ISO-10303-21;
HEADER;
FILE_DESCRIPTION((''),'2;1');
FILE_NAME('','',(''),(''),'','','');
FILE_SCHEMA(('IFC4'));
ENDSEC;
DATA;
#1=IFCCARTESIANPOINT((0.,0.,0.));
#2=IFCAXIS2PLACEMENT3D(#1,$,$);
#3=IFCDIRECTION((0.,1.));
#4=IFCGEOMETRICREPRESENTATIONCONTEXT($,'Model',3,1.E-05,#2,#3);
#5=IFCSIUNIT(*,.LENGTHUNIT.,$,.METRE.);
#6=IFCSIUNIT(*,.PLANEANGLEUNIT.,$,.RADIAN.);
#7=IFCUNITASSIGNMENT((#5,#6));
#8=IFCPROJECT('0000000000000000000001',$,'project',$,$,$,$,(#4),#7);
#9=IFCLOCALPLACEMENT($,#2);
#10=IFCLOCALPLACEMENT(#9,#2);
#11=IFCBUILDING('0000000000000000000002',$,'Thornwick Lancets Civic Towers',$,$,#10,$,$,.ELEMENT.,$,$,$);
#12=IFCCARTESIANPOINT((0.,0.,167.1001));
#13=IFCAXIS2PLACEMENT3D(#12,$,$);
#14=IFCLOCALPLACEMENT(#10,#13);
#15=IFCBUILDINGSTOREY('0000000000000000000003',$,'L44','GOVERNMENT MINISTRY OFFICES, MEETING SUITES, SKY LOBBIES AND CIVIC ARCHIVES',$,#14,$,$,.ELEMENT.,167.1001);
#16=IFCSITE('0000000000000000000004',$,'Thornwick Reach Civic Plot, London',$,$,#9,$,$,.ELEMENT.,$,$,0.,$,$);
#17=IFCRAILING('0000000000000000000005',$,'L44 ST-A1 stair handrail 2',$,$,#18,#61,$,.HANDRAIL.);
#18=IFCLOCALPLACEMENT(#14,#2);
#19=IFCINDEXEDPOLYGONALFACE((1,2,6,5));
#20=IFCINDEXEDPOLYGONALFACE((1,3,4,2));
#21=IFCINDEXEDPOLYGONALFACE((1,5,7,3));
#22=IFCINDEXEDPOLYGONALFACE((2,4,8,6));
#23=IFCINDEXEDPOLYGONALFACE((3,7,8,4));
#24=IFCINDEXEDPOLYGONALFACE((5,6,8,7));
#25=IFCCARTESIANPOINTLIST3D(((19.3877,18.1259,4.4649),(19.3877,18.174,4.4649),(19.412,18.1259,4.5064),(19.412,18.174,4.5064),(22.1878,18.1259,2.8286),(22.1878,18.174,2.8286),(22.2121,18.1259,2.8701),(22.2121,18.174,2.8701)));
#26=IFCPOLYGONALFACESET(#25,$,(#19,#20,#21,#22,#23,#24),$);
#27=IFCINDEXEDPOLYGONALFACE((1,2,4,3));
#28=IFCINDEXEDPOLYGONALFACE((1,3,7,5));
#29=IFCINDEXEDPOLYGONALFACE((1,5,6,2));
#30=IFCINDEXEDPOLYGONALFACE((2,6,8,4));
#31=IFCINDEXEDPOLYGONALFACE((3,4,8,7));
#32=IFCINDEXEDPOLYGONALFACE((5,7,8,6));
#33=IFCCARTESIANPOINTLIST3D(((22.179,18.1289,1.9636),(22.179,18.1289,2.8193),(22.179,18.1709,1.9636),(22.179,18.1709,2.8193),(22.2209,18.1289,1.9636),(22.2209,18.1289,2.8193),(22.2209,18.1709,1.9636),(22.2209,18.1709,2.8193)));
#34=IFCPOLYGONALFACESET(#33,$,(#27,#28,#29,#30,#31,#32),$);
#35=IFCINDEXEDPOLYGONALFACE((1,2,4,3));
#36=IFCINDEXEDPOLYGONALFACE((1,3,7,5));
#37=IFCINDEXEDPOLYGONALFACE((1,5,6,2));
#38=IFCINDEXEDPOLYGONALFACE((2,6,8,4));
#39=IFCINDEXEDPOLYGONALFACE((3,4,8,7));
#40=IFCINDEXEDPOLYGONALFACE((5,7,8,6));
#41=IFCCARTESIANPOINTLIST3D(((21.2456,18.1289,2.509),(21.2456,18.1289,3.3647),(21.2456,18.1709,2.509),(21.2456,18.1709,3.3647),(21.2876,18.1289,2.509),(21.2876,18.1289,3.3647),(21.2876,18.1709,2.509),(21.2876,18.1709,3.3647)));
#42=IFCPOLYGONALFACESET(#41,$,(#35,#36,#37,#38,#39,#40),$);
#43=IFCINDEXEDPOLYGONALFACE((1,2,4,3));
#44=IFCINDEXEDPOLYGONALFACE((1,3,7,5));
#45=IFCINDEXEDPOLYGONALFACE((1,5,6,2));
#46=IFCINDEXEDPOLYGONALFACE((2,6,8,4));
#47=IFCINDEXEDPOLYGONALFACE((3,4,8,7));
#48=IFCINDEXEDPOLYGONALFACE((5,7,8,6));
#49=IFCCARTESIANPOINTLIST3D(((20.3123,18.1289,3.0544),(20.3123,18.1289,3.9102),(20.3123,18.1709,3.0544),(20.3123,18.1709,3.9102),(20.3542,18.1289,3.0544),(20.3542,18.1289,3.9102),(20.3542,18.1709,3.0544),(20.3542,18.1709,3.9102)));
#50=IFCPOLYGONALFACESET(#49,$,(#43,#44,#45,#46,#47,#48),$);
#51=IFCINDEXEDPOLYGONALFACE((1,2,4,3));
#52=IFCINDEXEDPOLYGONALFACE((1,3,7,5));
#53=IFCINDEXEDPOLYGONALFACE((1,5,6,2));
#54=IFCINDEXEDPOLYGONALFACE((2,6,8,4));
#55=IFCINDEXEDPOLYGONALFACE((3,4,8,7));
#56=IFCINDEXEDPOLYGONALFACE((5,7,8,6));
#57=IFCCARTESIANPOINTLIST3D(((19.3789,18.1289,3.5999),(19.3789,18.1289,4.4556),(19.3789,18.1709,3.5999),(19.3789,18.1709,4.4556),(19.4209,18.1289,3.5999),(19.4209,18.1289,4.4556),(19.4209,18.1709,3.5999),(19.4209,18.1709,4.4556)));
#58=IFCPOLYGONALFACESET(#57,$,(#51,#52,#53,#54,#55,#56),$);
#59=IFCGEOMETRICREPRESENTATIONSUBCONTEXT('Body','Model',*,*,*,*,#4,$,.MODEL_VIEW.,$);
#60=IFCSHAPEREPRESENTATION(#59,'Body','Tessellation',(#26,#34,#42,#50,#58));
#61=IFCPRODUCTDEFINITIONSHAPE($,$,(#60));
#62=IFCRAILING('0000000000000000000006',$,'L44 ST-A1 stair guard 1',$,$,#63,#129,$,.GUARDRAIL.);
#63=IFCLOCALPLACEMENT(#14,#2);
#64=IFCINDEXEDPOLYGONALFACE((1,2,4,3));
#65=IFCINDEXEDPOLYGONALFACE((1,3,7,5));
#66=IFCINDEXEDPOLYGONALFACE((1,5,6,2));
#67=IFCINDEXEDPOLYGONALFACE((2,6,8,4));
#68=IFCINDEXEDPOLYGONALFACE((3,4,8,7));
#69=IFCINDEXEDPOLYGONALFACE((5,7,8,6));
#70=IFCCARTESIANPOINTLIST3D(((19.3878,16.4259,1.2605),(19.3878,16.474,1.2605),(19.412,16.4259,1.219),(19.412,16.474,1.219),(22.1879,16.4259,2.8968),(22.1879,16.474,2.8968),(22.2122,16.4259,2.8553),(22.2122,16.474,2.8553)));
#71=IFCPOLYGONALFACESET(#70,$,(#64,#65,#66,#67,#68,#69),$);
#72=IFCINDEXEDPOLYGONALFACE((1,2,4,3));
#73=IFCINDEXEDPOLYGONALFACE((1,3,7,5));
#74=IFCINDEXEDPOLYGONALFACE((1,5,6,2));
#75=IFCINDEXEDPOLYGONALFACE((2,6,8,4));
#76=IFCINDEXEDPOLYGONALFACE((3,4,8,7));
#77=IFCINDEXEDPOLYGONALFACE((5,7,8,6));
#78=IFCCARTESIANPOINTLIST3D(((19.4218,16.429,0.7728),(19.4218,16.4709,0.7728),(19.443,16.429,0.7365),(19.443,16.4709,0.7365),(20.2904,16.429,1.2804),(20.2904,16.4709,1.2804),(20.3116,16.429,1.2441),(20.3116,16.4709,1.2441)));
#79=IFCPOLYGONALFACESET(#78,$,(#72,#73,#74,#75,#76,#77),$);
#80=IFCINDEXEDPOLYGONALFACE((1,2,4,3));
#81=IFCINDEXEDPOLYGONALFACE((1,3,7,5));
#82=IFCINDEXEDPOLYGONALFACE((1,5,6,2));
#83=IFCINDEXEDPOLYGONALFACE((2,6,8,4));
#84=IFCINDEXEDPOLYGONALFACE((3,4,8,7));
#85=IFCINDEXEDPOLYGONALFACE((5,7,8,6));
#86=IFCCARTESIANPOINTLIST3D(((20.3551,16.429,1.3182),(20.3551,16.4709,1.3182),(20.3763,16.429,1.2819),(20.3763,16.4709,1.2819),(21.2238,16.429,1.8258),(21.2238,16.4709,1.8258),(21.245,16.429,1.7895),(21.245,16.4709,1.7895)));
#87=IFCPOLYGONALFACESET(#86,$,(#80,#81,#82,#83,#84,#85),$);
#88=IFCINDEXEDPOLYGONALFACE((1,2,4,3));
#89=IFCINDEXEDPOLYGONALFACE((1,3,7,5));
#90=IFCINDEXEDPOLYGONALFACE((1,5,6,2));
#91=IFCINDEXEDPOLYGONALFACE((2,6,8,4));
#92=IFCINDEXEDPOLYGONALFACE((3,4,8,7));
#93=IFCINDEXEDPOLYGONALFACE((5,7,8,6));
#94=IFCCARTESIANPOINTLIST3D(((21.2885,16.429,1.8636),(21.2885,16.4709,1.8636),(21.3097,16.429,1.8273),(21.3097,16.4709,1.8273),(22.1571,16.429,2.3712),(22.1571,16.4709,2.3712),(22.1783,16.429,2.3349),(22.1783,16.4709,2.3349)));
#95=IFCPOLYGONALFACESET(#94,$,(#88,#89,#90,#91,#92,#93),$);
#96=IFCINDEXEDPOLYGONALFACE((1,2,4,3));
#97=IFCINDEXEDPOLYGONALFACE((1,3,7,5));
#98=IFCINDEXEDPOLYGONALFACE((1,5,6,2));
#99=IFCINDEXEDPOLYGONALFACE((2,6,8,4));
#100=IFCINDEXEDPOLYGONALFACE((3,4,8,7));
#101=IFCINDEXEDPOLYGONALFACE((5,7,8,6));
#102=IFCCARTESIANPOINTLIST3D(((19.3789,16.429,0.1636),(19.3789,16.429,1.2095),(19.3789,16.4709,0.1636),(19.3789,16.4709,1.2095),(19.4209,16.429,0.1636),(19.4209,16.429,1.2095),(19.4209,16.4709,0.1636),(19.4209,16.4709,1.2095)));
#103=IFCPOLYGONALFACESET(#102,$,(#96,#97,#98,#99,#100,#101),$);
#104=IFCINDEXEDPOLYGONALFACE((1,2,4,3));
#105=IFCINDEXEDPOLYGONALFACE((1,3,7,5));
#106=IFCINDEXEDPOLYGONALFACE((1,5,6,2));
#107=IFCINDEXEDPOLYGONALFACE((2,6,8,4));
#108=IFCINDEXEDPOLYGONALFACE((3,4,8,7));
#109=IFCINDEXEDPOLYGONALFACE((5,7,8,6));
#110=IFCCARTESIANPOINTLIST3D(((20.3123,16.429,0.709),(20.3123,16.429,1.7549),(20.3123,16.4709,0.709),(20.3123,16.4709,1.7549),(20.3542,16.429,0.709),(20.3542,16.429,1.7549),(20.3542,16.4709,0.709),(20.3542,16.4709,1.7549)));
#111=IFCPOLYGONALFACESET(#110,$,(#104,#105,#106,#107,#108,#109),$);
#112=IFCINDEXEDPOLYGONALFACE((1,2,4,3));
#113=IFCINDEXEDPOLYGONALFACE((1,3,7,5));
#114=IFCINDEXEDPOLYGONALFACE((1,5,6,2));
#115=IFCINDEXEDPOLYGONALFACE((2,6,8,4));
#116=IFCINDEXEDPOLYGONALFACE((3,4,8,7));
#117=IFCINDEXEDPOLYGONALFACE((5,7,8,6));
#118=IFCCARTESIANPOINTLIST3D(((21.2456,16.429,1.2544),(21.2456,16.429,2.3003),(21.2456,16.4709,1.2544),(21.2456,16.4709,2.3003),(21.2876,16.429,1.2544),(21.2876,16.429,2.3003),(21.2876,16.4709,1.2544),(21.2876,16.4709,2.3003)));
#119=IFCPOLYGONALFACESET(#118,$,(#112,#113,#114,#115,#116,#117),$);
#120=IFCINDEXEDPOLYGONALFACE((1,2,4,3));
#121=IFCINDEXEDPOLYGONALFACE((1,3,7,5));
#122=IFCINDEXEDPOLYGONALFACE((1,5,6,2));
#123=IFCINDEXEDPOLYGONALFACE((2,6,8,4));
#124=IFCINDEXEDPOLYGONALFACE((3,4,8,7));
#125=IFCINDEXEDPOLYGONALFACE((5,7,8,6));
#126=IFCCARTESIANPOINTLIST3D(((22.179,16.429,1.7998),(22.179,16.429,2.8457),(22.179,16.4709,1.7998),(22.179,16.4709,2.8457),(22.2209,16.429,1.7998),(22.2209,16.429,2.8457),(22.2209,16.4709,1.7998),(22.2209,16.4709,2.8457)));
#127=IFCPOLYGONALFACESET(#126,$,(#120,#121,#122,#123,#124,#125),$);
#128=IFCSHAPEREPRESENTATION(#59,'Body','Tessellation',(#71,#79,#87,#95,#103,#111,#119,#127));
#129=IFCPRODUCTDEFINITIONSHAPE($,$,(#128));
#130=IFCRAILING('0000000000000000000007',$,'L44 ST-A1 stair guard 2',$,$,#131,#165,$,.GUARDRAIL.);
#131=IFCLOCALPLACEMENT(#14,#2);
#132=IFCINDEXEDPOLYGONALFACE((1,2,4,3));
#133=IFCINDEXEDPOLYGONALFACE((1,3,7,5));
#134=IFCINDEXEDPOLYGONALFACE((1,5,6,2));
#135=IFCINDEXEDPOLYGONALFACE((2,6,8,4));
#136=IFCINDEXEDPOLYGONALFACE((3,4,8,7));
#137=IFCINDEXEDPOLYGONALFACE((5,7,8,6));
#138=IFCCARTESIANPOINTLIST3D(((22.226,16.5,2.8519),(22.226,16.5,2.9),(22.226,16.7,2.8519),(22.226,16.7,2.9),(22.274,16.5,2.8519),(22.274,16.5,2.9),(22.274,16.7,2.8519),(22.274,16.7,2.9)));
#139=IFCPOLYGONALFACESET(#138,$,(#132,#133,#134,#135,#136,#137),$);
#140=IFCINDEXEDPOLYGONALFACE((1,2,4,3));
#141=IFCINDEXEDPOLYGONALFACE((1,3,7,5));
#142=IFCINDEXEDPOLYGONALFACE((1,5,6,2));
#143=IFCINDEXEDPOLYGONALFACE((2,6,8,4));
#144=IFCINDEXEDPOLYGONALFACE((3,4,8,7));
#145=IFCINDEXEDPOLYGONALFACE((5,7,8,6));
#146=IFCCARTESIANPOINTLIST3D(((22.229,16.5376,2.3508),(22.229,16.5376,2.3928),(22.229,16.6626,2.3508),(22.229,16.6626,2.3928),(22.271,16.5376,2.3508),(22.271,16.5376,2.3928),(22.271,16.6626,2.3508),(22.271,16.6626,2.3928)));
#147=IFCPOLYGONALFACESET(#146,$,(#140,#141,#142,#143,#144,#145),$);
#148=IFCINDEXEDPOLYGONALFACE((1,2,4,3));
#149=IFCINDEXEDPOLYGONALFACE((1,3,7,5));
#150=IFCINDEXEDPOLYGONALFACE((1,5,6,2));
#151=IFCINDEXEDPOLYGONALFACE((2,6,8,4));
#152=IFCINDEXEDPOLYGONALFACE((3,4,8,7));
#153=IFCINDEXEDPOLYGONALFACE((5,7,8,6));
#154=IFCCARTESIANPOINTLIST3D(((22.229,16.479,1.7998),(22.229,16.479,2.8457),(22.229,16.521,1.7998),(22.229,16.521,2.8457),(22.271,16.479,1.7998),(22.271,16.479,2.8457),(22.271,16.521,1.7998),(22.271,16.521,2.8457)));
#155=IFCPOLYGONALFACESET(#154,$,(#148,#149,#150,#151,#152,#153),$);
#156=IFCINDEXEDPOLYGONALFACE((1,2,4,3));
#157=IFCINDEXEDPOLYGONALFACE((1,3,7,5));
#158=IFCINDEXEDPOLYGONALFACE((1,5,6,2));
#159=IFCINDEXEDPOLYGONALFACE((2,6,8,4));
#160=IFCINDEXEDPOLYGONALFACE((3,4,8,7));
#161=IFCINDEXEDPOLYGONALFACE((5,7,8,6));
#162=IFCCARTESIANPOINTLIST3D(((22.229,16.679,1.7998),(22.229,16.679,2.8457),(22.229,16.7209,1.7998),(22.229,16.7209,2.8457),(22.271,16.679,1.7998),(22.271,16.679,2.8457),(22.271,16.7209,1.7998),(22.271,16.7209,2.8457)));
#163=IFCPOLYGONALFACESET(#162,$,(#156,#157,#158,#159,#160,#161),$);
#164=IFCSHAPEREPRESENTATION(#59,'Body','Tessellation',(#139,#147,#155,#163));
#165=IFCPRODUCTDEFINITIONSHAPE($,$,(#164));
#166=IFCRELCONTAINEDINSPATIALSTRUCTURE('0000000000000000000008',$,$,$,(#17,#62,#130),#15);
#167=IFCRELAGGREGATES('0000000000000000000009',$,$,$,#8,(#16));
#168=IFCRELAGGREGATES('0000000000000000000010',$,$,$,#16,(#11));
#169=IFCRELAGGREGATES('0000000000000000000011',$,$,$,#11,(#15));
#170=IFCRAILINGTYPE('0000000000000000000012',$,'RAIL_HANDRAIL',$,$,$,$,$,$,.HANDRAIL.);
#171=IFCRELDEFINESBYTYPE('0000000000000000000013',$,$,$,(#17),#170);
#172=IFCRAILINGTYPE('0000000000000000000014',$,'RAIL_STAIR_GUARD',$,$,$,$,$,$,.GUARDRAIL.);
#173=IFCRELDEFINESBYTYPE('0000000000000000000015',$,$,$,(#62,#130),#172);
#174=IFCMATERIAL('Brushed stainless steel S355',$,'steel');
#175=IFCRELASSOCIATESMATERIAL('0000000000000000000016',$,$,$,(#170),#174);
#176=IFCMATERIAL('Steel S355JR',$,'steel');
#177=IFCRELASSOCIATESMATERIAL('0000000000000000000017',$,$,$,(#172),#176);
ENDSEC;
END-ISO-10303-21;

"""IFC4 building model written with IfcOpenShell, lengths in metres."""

from ifc_helpers import new_model, si_unit, direction, frame, origin, origin_2d, place, context, subcontext, project, spatial, rectangle, extrude, material, type_object, element, save


model = new_model("IFC4")

# Units and contexts
model_context = context("Model", 3, precision=1e-05, world=origin(), true_north=direction((0.0, 1.0)))
body_context = subcontext(model_context, "Body", "Model", "MODEL_VIEW")
ifc_project = project(units=[si_unit("LENGTHUNIT", "METRE"), si_unit("PLANEANGLEUNIT", "RADIAN")], contexts=[model_context])

# Site, building, storey
site_placement = place(None, origin())
site = spatial("IfcSite", under=ifc_project, at=site_placement, Name="Thornwick Reach Civic Plot, London", CompositionType="ELEMENT", RefElevation=0.0)
building_placement = place(site_placement, origin())
building = spatial("IfcBuilding", under=site, at=building_placement, Name="Thornwick Lancets Civic Towers", CompositionType="ELEMENT")
storey_placement = place(building_placement, frame((0.0, 0.0, 167.1001)))
storey = spatial("IfcBuildingStorey", under=building, at=storey_placement, Name="L44", Description="GOVERNMENT MINISTRY OFFICES, MEETING SUITES, SKY LOBBIES AND CIVIC ARCHIVES", CompositionType="ELEMENT", Elevation=167.1001)

# Shared definitions
ifc_material_1 = material(Name="Steel S355JR", Category="steel")

# Railings
ifc_material_2 = material(Name="Brushed stainless steel S355", Category="steel")
railing_type_1 = type_object("IfcRailingType", Name="RAIL_HANDRAIL", PredefinedType="HANDRAIL", material=ifc_material_2)
railing_1_placement = place(storey_placement, frame((22.2, 18.1499, 1.9636)))
element("IfcRailing", 1, at=railing_1_placement, inside=storey, type_object=railing_type_1, Name="L44 ST-A1 stair handrail 2", PredefinedType="HANDRAIL", context=body_context, shape_type="SweptSolid", body=[
    extrude(rectangle(XDim=0.0481, YDim=0.0481, at=origin_2d()), frame((0.0, 0.0, 0.8857), z_axis=(-0.863394, 0.0, 0.504531), x_axis=(0.0, -1.0, 0.0)), (0.0, 0.0, 1.0), 3.2432),
    extrude(rectangle(XDim=0.042, YDim=0.042, at=origin_2d()), origin(), (0.0, 0.0, 1.0), 0.8557),
    extrude(rectangle(XDim=0.042, YDim=0.042, at=origin_2d()), frame((-0.9333, 0.0, 0.5454)), (0.0, 0.0, 1.0), 0.8557),
    extrude(rectangle(XDim=0.042, YDim=0.042, at=origin_2d()), frame((-1.8667, 0.0, 1.0908)), (0.0, 0.0, 1.0), 0.8557),
    extrude(rectangle(XDim=0.042, YDim=0.042, at=origin_2d()), frame((-2.8, 0.0, 1.6362)), (0.0, 0.0, 1.0), 0.8557),
])
railing_type_2 = type_object("IfcRailingType", Name="RAIL_STAIR_GUARD", PredefinedType="GUARDRAIL", material=ifc_material_1)
railing_2_placement = place(storey_placement, frame((19.3999, 16.45, 0.1636)))
element("IfcRailing", 2, at=railing_2_placement, inside=storey, type_object=railing_type_2, Name="L44 ST-A1 stair guard 1", PredefinedType="GUARDRAIL", context=body_context, shape_type="SweptSolid", body=[
    extrude(rectangle(XDim=0.0481, YDim=0.0481, at=origin_2d()), frame((0.0, 0.0, 1.0762), z_axis=(0.863394, 0.0, 0.504531), x_axis=(0.0, 1.0, 0.0)), (0.0, 0.0, 1.0), 3.2432),
    extrude(rectangle(XDim=0.042, YDim=0.042, at=origin_2d()), frame((0.0325, 0.0, 0.5911), z_axis=(0.863394, 0.0, 0.504531), x_axis=(0.0, 1.0, 0.0)), (0.0, 0.0, 1.0), 1.0061),
    extrude(rectangle(XDim=0.042, YDim=0.042, at=origin_2d()), frame((0.9658, 0.0, 1.1365), z_axis=(0.863394, 0.0, 0.504531), x_axis=(0.0, 1.0, 0.0)), (0.0, 0.0, 1.0), 1.0061),
    extrude(rectangle(XDim=0.042, YDim=0.042, at=origin_2d()), frame((1.8992, 0.0, 1.6819), z_axis=(0.863394, 0.0, 0.504531), x_axis=(0.0, 1.0, 0.0)), (0.0, 0.0, 1.0), 1.0061),
    extrude(rectangle(XDim=0.042, YDim=0.042, at=origin_2d()), origin(), (0.0, 0.0, 1.0), 1.0459),
    extrude(rectangle(XDim=0.042, YDim=0.042, at=origin_2d()), frame((0.9333, 0.0, 0.5454)), (0.0, 0.0, 1.0), 1.0459),
    extrude(rectangle(XDim=0.042, YDim=0.042, at=origin_2d()), frame((1.8667, 0.0, 1.0908)), (0.0, 0.0, 1.0), 1.0459),
    extrude(rectangle(XDim=0.042, YDim=0.042, at=origin_2d()), frame((2.8, 0.0, 1.6362)), (0.0, 0.0, 1.0), 1.0459),
])
railing_3_placement = place(storey_placement, frame((22.25, 16.5, 1.7998)))
element("IfcRailing", 3, at=railing_3_placement, inside=storey, type_object=railing_type_2, Name="L44 ST-A1 stair guard 2", PredefinedType="GUARDRAIL", context=body_context, shape_type="SweptSolid", body=[
    extrude(rectangle(XDim=0.0481, YDim=0.0481, at=origin_2d()), frame((0.0, 0.0, 1.0762), z_axis=(0.0, 1.0, 0.0), x_axis=(-1.0, 0.0, 0.0)), (0.0, 0.0, 1.0), 0.2),
    extrude(rectangle(XDim=0.042, YDim=0.042, at=origin_2d()), frame((0.0, 0.0376, 0.572), z_axis=(0.0, 1.0, 0.0), x_axis=(-1.0, 0.0, 0.0)), (0.0, 0.0, 1.0), 0.125),
    extrude(rectangle(XDim=0.042, YDim=0.042, at=origin_2d()), origin(), (0.0, 0.0, 1.0), 1.0459),
    extrude(rectangle(XDim=0.042, YDim=0.042, at=origin_2d()), frame((0.0, 0.2, 0.0)), (0.0, 0.0, 1.0), 1.0459),
])

save(model, "model.ifc")
